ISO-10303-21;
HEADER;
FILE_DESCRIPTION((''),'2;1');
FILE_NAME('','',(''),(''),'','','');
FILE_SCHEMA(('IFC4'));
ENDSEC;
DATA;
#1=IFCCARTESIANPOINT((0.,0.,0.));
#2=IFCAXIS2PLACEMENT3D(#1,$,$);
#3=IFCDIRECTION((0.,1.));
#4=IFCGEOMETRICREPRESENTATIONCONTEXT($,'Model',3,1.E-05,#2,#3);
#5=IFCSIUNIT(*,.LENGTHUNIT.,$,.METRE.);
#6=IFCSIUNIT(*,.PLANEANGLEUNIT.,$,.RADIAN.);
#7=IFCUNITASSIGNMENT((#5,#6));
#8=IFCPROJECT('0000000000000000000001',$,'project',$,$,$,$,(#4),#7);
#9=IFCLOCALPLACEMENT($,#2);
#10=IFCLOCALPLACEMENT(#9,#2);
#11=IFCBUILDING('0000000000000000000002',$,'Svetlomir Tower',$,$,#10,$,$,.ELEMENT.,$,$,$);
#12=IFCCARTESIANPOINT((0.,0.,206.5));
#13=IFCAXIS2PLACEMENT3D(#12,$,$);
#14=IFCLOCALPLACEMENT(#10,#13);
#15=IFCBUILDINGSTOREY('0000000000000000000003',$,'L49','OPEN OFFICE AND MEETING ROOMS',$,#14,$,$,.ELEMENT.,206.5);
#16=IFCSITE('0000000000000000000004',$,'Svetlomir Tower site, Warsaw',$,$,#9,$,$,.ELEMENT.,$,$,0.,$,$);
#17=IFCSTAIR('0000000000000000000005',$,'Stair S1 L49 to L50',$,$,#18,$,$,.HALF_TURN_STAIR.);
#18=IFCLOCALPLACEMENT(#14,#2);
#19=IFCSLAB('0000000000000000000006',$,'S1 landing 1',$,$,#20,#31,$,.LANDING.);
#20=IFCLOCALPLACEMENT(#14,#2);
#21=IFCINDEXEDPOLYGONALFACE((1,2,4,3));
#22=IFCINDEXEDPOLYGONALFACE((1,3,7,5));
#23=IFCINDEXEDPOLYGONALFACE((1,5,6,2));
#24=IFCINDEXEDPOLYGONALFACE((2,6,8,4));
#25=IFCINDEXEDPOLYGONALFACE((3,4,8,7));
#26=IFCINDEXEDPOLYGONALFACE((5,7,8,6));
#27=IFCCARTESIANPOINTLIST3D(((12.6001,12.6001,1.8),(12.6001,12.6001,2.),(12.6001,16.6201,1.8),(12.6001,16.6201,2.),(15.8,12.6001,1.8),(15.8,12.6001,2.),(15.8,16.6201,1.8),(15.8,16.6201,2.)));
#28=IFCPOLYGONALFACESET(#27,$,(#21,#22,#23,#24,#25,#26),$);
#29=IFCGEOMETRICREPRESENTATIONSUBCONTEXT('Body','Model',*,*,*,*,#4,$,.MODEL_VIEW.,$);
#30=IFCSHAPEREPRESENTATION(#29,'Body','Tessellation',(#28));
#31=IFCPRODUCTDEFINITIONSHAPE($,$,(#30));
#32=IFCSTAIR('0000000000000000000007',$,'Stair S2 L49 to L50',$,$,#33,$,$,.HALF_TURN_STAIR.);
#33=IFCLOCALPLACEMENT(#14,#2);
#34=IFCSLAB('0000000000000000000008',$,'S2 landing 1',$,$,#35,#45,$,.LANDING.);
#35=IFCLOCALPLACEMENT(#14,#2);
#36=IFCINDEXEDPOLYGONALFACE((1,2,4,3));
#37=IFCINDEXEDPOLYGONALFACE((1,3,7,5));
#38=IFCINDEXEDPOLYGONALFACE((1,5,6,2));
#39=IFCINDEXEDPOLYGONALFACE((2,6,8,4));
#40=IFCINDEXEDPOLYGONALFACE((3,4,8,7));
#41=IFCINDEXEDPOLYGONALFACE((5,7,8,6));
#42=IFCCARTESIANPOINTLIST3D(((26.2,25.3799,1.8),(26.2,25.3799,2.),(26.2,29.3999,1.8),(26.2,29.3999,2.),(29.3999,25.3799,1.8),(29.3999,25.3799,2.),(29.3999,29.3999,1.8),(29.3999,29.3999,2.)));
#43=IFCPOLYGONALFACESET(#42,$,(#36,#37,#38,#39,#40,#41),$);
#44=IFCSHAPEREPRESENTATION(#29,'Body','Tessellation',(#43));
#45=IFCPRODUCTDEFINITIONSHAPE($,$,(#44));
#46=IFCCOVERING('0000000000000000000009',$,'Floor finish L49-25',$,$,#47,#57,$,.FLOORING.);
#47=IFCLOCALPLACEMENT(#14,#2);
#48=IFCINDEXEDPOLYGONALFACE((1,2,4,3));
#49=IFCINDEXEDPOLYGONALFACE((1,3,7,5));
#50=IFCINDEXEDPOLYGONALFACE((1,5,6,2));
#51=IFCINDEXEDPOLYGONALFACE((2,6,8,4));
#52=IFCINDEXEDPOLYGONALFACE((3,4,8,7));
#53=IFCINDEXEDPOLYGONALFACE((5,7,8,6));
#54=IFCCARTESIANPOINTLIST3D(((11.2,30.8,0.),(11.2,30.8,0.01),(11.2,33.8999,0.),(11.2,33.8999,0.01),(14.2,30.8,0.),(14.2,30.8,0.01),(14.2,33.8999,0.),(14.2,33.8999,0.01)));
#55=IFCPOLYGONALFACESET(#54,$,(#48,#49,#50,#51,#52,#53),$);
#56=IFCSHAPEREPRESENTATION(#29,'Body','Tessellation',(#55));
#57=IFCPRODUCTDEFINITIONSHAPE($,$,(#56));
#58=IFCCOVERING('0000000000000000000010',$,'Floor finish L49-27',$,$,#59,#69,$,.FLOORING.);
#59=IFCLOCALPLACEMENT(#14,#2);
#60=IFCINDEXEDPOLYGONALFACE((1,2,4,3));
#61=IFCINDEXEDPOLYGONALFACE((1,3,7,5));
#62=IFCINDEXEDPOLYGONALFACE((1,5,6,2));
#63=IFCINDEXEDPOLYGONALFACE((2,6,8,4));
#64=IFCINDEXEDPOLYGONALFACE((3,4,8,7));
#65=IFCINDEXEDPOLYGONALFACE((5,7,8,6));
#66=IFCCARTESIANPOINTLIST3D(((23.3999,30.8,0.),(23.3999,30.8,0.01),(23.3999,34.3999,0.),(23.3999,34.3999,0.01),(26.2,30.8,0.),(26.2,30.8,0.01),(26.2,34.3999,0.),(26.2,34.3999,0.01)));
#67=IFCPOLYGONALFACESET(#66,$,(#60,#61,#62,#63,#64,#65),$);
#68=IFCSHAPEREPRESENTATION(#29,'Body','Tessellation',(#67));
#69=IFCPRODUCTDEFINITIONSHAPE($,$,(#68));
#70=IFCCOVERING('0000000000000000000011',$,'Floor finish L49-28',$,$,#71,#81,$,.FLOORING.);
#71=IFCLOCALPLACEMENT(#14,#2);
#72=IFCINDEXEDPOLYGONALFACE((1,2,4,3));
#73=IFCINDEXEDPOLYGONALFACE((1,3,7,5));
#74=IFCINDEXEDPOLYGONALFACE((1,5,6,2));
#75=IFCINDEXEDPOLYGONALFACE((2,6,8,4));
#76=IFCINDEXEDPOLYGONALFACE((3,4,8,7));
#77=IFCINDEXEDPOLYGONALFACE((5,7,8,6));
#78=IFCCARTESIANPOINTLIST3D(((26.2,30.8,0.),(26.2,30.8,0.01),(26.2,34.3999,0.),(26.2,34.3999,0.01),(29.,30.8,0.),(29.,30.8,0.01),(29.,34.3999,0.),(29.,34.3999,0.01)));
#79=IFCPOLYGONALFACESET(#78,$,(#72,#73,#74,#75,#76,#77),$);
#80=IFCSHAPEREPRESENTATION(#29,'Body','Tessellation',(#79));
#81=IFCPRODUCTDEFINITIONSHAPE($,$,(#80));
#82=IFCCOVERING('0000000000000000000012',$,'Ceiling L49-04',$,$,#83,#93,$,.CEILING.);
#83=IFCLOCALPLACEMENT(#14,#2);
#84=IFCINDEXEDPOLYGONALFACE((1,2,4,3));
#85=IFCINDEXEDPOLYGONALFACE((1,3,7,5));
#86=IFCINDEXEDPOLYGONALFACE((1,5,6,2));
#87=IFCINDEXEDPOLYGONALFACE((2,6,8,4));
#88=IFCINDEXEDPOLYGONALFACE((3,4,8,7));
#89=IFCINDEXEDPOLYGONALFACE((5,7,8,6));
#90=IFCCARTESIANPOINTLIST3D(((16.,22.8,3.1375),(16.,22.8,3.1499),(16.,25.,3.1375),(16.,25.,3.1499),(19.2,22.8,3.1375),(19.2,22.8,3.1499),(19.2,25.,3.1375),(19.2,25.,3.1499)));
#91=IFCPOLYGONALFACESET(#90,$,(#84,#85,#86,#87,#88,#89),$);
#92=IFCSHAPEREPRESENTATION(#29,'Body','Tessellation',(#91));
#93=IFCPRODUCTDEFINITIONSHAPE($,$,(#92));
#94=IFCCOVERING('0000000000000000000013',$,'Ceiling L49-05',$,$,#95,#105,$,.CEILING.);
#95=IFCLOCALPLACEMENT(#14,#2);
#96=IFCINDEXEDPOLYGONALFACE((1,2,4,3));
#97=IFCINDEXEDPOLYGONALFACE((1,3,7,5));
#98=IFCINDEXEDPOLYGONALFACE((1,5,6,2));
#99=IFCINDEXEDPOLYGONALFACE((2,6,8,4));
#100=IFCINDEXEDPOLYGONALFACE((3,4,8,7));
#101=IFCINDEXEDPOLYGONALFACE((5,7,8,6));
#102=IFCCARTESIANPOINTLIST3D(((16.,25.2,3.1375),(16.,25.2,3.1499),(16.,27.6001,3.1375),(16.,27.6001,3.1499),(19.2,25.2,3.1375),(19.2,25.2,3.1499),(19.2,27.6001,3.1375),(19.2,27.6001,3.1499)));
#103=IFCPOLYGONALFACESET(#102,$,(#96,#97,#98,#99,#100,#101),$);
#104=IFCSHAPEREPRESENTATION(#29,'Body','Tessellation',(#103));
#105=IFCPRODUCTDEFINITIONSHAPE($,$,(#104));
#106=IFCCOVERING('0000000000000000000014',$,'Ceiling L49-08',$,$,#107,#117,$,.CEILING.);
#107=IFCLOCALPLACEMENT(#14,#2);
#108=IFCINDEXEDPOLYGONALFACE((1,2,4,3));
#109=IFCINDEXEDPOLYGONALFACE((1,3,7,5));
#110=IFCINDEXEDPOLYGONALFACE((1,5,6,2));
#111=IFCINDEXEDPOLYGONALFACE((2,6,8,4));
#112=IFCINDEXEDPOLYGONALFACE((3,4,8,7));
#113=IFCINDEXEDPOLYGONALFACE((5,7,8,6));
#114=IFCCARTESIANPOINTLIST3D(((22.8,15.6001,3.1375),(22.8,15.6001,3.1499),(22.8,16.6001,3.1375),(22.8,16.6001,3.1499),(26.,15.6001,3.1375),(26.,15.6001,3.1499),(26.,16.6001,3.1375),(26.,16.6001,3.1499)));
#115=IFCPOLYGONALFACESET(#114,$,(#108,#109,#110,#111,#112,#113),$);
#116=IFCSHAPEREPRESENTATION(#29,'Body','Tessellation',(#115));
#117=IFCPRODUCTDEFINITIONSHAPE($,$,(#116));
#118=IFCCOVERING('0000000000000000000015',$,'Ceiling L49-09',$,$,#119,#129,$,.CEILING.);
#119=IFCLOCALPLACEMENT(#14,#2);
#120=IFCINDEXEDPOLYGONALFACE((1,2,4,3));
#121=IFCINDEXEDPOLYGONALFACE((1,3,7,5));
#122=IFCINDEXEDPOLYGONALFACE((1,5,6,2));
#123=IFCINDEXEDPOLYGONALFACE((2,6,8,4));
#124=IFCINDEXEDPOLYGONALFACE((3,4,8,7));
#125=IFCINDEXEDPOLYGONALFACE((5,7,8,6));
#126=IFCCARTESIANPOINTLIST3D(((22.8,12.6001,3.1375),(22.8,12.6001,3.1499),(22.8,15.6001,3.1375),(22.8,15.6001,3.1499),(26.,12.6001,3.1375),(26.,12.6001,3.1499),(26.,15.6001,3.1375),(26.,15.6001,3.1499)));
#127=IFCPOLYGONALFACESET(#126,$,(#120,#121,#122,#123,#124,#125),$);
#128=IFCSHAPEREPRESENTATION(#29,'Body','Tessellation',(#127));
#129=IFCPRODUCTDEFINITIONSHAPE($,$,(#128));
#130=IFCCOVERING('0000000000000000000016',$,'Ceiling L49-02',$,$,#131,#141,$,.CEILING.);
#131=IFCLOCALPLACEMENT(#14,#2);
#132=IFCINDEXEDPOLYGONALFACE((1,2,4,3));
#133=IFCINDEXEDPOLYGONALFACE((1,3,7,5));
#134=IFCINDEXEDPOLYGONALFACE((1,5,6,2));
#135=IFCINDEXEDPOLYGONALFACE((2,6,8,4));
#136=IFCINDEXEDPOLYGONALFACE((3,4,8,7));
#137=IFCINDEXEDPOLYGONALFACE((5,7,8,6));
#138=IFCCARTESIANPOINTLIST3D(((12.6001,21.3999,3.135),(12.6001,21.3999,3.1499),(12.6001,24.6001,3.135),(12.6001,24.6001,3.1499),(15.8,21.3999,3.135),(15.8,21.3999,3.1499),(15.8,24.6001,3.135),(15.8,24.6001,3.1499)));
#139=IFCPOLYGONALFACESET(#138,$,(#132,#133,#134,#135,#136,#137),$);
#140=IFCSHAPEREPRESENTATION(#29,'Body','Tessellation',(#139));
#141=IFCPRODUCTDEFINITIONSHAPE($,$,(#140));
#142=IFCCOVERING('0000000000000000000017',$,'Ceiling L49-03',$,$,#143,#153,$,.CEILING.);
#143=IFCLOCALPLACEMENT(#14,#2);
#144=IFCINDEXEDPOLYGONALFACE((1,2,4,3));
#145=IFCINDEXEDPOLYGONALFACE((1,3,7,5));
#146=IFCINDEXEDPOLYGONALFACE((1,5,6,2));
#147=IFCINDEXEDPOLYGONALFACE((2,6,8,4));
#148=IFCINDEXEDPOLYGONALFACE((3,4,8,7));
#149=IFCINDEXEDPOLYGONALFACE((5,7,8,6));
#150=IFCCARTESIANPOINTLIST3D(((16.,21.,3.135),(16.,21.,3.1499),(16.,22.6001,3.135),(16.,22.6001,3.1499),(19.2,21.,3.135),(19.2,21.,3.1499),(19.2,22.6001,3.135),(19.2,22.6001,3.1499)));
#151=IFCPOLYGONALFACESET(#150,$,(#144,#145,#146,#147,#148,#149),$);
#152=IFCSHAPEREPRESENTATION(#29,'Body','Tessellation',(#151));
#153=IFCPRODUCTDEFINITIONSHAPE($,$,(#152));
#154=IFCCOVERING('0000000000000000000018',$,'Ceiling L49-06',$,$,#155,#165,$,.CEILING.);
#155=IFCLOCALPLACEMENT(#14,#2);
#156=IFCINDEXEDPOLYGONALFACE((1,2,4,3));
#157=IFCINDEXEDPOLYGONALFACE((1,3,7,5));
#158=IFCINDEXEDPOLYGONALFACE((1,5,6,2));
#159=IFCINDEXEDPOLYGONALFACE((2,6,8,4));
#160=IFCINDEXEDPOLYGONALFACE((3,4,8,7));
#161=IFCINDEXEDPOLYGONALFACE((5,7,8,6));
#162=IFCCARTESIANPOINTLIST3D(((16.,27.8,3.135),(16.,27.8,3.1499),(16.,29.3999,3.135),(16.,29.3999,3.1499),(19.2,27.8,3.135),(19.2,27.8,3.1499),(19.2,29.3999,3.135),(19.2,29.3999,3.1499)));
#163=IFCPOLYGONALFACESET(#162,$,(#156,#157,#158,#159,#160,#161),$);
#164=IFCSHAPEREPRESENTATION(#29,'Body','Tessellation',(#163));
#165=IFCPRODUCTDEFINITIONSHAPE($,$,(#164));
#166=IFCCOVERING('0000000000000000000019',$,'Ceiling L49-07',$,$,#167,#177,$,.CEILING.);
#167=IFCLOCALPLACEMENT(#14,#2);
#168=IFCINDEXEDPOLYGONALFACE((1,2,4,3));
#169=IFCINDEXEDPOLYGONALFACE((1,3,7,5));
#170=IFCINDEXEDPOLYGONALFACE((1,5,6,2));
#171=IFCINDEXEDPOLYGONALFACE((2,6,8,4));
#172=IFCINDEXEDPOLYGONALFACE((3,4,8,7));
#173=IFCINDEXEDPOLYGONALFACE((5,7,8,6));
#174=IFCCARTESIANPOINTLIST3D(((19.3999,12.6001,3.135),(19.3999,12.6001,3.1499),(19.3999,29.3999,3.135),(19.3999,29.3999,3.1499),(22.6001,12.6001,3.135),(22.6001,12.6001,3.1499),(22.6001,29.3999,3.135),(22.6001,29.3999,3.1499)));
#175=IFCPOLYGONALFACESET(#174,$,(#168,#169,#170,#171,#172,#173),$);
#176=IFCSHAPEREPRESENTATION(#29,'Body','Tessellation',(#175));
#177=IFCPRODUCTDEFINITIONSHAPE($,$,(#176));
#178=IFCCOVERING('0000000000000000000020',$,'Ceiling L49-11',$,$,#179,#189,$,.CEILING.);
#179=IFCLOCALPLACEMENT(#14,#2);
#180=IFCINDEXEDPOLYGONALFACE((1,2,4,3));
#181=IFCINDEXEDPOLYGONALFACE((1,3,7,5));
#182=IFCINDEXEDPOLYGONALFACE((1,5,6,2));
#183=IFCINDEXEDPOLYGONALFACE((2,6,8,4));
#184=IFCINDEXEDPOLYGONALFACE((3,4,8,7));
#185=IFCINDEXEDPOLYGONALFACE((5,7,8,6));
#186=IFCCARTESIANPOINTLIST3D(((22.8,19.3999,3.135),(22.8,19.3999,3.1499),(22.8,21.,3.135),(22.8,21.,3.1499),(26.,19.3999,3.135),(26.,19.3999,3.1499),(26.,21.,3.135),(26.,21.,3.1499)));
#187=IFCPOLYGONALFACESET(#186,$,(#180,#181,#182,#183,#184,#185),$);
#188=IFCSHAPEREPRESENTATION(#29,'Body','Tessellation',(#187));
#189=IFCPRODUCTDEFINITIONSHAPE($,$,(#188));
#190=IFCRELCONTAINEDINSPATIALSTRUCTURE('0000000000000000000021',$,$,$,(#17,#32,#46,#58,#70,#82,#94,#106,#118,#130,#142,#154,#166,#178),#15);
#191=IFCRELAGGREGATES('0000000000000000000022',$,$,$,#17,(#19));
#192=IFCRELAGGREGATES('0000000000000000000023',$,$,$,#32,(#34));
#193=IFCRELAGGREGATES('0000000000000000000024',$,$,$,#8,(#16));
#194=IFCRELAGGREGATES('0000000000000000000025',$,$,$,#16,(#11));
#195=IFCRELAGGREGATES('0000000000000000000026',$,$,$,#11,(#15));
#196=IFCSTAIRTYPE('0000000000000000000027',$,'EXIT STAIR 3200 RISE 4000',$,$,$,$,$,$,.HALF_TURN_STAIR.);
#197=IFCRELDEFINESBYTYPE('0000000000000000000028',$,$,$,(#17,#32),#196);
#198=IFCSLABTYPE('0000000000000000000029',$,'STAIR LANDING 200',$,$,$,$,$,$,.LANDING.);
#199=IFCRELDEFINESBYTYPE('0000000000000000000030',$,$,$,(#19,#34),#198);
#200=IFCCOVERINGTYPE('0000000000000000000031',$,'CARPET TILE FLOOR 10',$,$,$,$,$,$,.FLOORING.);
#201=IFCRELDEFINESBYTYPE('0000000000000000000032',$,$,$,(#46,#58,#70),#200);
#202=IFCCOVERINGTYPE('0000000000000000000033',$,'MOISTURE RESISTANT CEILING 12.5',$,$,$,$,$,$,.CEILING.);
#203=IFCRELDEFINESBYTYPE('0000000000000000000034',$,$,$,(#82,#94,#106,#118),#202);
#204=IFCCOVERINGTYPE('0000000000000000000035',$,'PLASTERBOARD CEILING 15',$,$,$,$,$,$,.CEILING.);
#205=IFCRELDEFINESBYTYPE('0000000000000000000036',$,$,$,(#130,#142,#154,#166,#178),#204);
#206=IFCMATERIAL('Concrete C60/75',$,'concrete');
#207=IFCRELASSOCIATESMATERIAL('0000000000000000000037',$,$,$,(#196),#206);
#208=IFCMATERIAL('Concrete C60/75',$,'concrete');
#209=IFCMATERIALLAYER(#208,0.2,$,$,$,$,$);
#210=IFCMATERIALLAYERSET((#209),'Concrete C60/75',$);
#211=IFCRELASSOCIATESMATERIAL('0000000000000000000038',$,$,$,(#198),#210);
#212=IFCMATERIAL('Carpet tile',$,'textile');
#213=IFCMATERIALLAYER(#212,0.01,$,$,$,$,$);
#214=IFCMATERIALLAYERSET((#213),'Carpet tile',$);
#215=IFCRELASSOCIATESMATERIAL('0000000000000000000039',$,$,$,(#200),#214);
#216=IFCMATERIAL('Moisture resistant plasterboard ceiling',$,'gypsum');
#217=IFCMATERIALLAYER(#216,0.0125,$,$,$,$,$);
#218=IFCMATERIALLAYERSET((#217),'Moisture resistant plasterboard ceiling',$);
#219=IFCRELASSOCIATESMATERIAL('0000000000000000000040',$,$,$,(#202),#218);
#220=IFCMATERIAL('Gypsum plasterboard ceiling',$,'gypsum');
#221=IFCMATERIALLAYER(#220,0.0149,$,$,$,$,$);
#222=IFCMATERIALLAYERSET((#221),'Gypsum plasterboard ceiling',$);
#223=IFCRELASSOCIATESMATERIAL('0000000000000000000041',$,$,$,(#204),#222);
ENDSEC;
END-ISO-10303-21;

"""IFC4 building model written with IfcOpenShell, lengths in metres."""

from ifc_helpers import new_model, si_unit, direction, frame, origin, place, context, subcontext, project, spatial, polyline, outline, extrude, material, layer, layer_set, type_object, element, aggregate, save


model = new_model("IFC4")

# Units and contexts
model_context = context("Model", 3, precision=1e-05, world=origin(), true_north=direction((0.0, 1.0)))
body_context = subcontext(model_context, "Body", "Model", "MODEL_VIEW")
ifc_project = project(units=[si_unit("LENGTHUNIT", "METRE"), si_unit("PLANEANGLEUNIT", "RADIAN")], contexts=[model_context])

# Site, building, storey
site_placement = place(None, origin())
site = spatial("IfcSite", under=ifc_project, at=site_placement, Name="Svetlomir Tower site, Warsaw", CompositionType="ELEMENT", RefElevation=0.0)
building_placement = place(site_placement, origin())
building = spatial("IfcBuilding", under=site, at=building_placement, Name="Svetlomir Tower", CompositionType="ELEMENT")
storey_placement = place(building_placement, frame((0.0, 0.0, 206.5)))
storey = spatial("IfcBuildingStorey", under=building, at=storey_placement, Name="L49", Description="OPEN OFFICE AND MEETING ROOMS", CompositionType="ELEMENT", Elevation=206.5)

# Stairs, slabs
ifc_material_1 = material(Name="Concrete C60/75", Category="concrete")
stair_type = type_object("IfcStairType", Name="EXIT STAIR 3200 RISE 4000", PredefinedType="HALF_TURN_STAIR", material=ifc_material_1)
stair_1_placement = place(storey_placement, origin())
stair_1 = element("IfcStair", 1, at=stair_1_placement, inside=storey, type_object=stair_type, Name="Stair S1 L49 to L50", PredefinedType="HALF_TURN_STAIR")
ifc_material_2 = material(Name="Concrete C60/75", Category="concrete")
ifc_layer_1 = layer(ifc_material_2, 0.2)
ifc_layer_set_1 = layer_set([ifc_layer_1], Name="Concrete C60/75")
slab_type = type_object("IfcSlabType", Name="STAIR LANDING 200", PredefinedType="LANDING", material=ifc_layer_set_1)
slab_1_placement = place(storey_placement, frame((0.0, 0.0, 1.8)))
slab_1 = element("IfcSlab", 2, at=slab_1_placement, type_object=slab_type, Name="S1 landing 1", PredefinedType="LANDING", context=body_context, shape_type="SweptSolid", body=[
    extrude(outline(polyline([(12.6001, 12.6001), (15.8, 12.6001), (15.8, 16.6201), (12.6001, 16.6201), (12.6001, 12.6001)])), origin(), (0.0, 0.0, 1.0), 0.2),
])
aggregate(stair_1, [slab_1])
stair_2_placement = place(storey_placement, origin())
stair_2 = element("IfcStair", 3, at=stair_2_placement, inside=storey, type_object=stair_type, Name="Stair S2 L49 to L50", PredefinedType="HALF_TURN_STAIR")
slab_2_placement = place(storey_placement, frame((0.0, 0.0, 1.8)))
slab_2 = element("IfcSlab", 4, at=slab_2_placement, type_object=slab_type, Name="S2 landing 1", PredefinedType="LANDING", context=body_context, shape_type="SweptSolid", body=[
    extrude(outline(polyline([(26.2, 25.3799), (29.3999, 25.3799), (29.3999, 29.3999), (26.2, 29.3999), (26.2, 25.3799)])), origin(), (0.0, 0.0, 1.0), 0.2),
])
aggregate(stair_2, [slab_2])

# Coverings
ifc_material_3 = material(Name="Carpet tile", Category="textile")
ifc_layer_2 = layer(ifc_material_3, 0.01)
ifc_layer_set_2 = layer_set([ifc_layer_2], Name="Carpet tile")
covering_type_1 = type_object("IfcCoveringType", Name="CARPET TILE FLOOR 10", PredefinedType="FLOORING", material=ifc_layer_set_2)
covering_1_placement = place(storey_placement, origin())
element("IfcCovering", 5, at=covering_1_placement, inside=storey, type_object=covering_type_1, Name="Floor finish L49-25", PredefinedType="FLOORING", context=body_context, shape_type="SweptSolid", body=[
    extrude(outline(polyline([(11.2, 30.8), (14.2, 30.8), (14.2, 33.8999), (11.2, 33.8999), (11.2, 30.8)])), origin(), (0.0, 0.0, 1.0), 0.01),
])
covering_2_placement = place(storey_placement, origin())
element("IfcCovering", 6, at=covering_2_placement, inside=storey, type_object=covering_type_1, Name="Floor finish L49-27", PredefinedType="FLOORING", context=body_context, shape_type="SweptSolid", body=[
    extrude(outline(polyline([(23.3999, 30.8), (26.2, 30.8), (26.2, 34.3999), (23.3999, 34.3999), (23.3999, 30.8)])), origin(), (0.0, 0.0, 1.0), 0.01),
])
covering_3_placement = place(storey_placement, origin())
element("IfcCovering", 7, at=covering_3_placement, inside=storey, type_object=covering_type_1, Name="Floor finish L49-28", PredefinedType="FLOORING", context=body_context, shape_type="SweptSolid", body=[
    extrude(outline(polyline([(26.2, 30.8), (29.0, 30.8), (29.0, 34.3999), (26.2, 34.3999), (26.2, 30.8)])), origin(), (0.0, 0.0, 1.0), 0.01),
])
ifc_material_4 = material(Name="Moisture resistant plasterboard ceiling", Category="gypsum")
ifc_layer_3 = layer(ifc_material_4, 0.0125)
ifc_layer_set_3 = layer_set([ifc_layer_3], Name="Moisture resistant plasterboard ceiling")
covering_type_2 = type_object("IfcCoveringType", Name="MOISTURE RESISTANT CEILING 12.5", PredefinedType="CEILING", material=ifc_layer_set_3)
covering_4_placement = place(storey_placement, frame((0.0, 0.0, 3.1375)))
element("IfcCovering", 8, at=covering_4_placement, inside=storey, type_object=covering_type_2, Name="Ceiling L49-04", PredefinedType="CEILING", context=body_context, shape_type="SweptSolid", body=[
    extrude(outline(polyline([(16.0, 22.8), (19.2, 22.8), (19.2, 25.0), (16.0, 25.0), (16.0, 22.8)])), origin(), (0.0, 0.0, 1.0), 0.0125),
])
covering_5_placement = place(storey_placement, frame((0.0, 0.0, 3.1375)))
element("IfcCovering", 9, at=covering_5_placement, inside=storey, type_object=covering_type_2, Name="Ceiling L49-05", PredefinedType="CEILING", context=body_context, shape_type="SweptSolid", body=[
    extrude(outline(polyline([(16.0, 25.2), (19.2, 25.2), (19.2, 27.6001), (16.0, 27.6001), (16.0, 25.2)])), origin(), (0.0, 0.0, 1.0), 0.0125),
])
covering_6_placement = place(storey_placement, frame((0.0, 0.0, 3.1375)))
element("IfcCovering", 10, at=covering_6_placement, inside=storey, type_object=covering_type_2, Name="Ceiling L49-08", PredefinedType="CEILING", context=body_context, shape_type="SweptSolid", body=[
    extrude(outline(polyline([(22.8, 15.6001), (26.0, 15.6001), (26.0, 16.6001), (22.8, 16.6001), (22.8, 15.6001)])), origin(), (0.0, 0.0, 1.0), 0.0125),
])
covering_7_placement = place(storey_placement, frame((0.0, 0.0, 3.1375)))
element("IfcCovering", 11, at=covering_7_placement, inside=storey, type_object=covering_type_2, Name="Ceiling L49-09", PredefinedType="CEILING", context=body_context, shape_type="SweptSolid", body=[
    extrude(outline(polyline([(22.8, 12.6001), (26.0, 12.6001), (26.0, 15.6001), (22.8, 15.6001), (22.8, 12.6001)])), origin(), (0.0, 0.0, 1.0), 0.0125),
])
ifc_material_5 = material(Name="Gypsum plasterboard ceiling", Category="gypsum")
ifc_layer_4 = layer(ifc_material_5, 0.0149)
ifc_layer_set_4 = layer_set([ifc_layer_4], Name="Gypsum plasterboard ceiling")
covering_type_3 = type_object("IfcCoveringType", Name="PLASTERBOARD CEILING 15", PredefinedType="CEILING", material=ifc_layer_set_4)
covering_8_placement = place(storey_placement, frame((0.0, 0.0, 3.135)))
element("IfcCovering", 12, at=covering_8_placement, inside=storey, type_object=covering_type_3, Name="Ceiling L49-02", PredefinedType="CEILING", context=body_context, shape_type="SweptSolid", body=[
    extrude(outline(polyline([(12.6001, 21.3999), (15.8, 21.3999), (15.8, 24.6001), (12.6001, 24.6001), (12.6001, 21.3999)])), origin(), (0.0, 0.0, 1.0), 0.0149),
])
covering_9_placement = place(storey_placement, frame((0.0, 0.0, 3.135)))
element("IfcCovering", 13, at=covering_9_placement, inside=storey, type_object=covering_type_3, Name="Ceiling L49-03", PredefinedType="CEILING", context=body_context, shape_type="SweptSolid", body=[
    extrude(outline(polyline([(16.0, 21.0), (19.2, 21.0), (19.2, 22.6001), (16.0, 22.6001), (16.0, 21.0)])), origin(), (0.0, 0.0, 1.0), 0.0149),
])
covering_10_placement = place(storey_placement, frame((0.0, 0.0, 3.135)))
element("IfcCovering", 14, at=covering_10_placement, inside=storey, type_object=covering_type_3, Name="Ceiling L49-06", PredefinedType="CEILING", context=body_context, shape_type="SweptSolid", body=[
    extrude(outline(polyline([(16.0, 27.8), (19.2, 27.8), (19.2, 29.3999), (16.0, 29.3999), (16.0, 27.8)])), origin(), (0.0, 0.0, 1.0), 0.0149),
])
covering_11_placement = place(storey_placement, frame((0.0, 0.0, 3.135)))
element("IfcCovering", 15, at=covering_11_placement, inside=storey, type_object=covering_type_3, Name="Ceiling L49-07", PredefinedType="CEILING", context=body_context, shape_type="SweptSolid", body=[
    extrude(outline(polyline([(19.3999, 12.6001), (22.6001, 12.6001), (22.6001, 29.3999), (19.3999, 29.3999), (19.3999, 12.6001)])), origin(), (0.0, 0.0, 1.0), 0.0149),
])
covering_12_placement = place(storey_placement, frame((0.0, 0.0, 3.135)))
element("IfcCovering", 16, at=covering_12_placement, inside=storey, type_object=covering_type_3, Name="Ceiling L49-11", PredefinedType="CEILING", context=body_context, shape_type="SweptSolid", body=[
    extrude(outline(polyline([(22.8, 19.3999), (26.0, 19.3999), (26.0, 21.0), (22.8, 21.0), (22.8, 19.3999)])), origin(), (0.0, 0.0, 1.0), 0.0149),
])

save(model, "model.ifc")
